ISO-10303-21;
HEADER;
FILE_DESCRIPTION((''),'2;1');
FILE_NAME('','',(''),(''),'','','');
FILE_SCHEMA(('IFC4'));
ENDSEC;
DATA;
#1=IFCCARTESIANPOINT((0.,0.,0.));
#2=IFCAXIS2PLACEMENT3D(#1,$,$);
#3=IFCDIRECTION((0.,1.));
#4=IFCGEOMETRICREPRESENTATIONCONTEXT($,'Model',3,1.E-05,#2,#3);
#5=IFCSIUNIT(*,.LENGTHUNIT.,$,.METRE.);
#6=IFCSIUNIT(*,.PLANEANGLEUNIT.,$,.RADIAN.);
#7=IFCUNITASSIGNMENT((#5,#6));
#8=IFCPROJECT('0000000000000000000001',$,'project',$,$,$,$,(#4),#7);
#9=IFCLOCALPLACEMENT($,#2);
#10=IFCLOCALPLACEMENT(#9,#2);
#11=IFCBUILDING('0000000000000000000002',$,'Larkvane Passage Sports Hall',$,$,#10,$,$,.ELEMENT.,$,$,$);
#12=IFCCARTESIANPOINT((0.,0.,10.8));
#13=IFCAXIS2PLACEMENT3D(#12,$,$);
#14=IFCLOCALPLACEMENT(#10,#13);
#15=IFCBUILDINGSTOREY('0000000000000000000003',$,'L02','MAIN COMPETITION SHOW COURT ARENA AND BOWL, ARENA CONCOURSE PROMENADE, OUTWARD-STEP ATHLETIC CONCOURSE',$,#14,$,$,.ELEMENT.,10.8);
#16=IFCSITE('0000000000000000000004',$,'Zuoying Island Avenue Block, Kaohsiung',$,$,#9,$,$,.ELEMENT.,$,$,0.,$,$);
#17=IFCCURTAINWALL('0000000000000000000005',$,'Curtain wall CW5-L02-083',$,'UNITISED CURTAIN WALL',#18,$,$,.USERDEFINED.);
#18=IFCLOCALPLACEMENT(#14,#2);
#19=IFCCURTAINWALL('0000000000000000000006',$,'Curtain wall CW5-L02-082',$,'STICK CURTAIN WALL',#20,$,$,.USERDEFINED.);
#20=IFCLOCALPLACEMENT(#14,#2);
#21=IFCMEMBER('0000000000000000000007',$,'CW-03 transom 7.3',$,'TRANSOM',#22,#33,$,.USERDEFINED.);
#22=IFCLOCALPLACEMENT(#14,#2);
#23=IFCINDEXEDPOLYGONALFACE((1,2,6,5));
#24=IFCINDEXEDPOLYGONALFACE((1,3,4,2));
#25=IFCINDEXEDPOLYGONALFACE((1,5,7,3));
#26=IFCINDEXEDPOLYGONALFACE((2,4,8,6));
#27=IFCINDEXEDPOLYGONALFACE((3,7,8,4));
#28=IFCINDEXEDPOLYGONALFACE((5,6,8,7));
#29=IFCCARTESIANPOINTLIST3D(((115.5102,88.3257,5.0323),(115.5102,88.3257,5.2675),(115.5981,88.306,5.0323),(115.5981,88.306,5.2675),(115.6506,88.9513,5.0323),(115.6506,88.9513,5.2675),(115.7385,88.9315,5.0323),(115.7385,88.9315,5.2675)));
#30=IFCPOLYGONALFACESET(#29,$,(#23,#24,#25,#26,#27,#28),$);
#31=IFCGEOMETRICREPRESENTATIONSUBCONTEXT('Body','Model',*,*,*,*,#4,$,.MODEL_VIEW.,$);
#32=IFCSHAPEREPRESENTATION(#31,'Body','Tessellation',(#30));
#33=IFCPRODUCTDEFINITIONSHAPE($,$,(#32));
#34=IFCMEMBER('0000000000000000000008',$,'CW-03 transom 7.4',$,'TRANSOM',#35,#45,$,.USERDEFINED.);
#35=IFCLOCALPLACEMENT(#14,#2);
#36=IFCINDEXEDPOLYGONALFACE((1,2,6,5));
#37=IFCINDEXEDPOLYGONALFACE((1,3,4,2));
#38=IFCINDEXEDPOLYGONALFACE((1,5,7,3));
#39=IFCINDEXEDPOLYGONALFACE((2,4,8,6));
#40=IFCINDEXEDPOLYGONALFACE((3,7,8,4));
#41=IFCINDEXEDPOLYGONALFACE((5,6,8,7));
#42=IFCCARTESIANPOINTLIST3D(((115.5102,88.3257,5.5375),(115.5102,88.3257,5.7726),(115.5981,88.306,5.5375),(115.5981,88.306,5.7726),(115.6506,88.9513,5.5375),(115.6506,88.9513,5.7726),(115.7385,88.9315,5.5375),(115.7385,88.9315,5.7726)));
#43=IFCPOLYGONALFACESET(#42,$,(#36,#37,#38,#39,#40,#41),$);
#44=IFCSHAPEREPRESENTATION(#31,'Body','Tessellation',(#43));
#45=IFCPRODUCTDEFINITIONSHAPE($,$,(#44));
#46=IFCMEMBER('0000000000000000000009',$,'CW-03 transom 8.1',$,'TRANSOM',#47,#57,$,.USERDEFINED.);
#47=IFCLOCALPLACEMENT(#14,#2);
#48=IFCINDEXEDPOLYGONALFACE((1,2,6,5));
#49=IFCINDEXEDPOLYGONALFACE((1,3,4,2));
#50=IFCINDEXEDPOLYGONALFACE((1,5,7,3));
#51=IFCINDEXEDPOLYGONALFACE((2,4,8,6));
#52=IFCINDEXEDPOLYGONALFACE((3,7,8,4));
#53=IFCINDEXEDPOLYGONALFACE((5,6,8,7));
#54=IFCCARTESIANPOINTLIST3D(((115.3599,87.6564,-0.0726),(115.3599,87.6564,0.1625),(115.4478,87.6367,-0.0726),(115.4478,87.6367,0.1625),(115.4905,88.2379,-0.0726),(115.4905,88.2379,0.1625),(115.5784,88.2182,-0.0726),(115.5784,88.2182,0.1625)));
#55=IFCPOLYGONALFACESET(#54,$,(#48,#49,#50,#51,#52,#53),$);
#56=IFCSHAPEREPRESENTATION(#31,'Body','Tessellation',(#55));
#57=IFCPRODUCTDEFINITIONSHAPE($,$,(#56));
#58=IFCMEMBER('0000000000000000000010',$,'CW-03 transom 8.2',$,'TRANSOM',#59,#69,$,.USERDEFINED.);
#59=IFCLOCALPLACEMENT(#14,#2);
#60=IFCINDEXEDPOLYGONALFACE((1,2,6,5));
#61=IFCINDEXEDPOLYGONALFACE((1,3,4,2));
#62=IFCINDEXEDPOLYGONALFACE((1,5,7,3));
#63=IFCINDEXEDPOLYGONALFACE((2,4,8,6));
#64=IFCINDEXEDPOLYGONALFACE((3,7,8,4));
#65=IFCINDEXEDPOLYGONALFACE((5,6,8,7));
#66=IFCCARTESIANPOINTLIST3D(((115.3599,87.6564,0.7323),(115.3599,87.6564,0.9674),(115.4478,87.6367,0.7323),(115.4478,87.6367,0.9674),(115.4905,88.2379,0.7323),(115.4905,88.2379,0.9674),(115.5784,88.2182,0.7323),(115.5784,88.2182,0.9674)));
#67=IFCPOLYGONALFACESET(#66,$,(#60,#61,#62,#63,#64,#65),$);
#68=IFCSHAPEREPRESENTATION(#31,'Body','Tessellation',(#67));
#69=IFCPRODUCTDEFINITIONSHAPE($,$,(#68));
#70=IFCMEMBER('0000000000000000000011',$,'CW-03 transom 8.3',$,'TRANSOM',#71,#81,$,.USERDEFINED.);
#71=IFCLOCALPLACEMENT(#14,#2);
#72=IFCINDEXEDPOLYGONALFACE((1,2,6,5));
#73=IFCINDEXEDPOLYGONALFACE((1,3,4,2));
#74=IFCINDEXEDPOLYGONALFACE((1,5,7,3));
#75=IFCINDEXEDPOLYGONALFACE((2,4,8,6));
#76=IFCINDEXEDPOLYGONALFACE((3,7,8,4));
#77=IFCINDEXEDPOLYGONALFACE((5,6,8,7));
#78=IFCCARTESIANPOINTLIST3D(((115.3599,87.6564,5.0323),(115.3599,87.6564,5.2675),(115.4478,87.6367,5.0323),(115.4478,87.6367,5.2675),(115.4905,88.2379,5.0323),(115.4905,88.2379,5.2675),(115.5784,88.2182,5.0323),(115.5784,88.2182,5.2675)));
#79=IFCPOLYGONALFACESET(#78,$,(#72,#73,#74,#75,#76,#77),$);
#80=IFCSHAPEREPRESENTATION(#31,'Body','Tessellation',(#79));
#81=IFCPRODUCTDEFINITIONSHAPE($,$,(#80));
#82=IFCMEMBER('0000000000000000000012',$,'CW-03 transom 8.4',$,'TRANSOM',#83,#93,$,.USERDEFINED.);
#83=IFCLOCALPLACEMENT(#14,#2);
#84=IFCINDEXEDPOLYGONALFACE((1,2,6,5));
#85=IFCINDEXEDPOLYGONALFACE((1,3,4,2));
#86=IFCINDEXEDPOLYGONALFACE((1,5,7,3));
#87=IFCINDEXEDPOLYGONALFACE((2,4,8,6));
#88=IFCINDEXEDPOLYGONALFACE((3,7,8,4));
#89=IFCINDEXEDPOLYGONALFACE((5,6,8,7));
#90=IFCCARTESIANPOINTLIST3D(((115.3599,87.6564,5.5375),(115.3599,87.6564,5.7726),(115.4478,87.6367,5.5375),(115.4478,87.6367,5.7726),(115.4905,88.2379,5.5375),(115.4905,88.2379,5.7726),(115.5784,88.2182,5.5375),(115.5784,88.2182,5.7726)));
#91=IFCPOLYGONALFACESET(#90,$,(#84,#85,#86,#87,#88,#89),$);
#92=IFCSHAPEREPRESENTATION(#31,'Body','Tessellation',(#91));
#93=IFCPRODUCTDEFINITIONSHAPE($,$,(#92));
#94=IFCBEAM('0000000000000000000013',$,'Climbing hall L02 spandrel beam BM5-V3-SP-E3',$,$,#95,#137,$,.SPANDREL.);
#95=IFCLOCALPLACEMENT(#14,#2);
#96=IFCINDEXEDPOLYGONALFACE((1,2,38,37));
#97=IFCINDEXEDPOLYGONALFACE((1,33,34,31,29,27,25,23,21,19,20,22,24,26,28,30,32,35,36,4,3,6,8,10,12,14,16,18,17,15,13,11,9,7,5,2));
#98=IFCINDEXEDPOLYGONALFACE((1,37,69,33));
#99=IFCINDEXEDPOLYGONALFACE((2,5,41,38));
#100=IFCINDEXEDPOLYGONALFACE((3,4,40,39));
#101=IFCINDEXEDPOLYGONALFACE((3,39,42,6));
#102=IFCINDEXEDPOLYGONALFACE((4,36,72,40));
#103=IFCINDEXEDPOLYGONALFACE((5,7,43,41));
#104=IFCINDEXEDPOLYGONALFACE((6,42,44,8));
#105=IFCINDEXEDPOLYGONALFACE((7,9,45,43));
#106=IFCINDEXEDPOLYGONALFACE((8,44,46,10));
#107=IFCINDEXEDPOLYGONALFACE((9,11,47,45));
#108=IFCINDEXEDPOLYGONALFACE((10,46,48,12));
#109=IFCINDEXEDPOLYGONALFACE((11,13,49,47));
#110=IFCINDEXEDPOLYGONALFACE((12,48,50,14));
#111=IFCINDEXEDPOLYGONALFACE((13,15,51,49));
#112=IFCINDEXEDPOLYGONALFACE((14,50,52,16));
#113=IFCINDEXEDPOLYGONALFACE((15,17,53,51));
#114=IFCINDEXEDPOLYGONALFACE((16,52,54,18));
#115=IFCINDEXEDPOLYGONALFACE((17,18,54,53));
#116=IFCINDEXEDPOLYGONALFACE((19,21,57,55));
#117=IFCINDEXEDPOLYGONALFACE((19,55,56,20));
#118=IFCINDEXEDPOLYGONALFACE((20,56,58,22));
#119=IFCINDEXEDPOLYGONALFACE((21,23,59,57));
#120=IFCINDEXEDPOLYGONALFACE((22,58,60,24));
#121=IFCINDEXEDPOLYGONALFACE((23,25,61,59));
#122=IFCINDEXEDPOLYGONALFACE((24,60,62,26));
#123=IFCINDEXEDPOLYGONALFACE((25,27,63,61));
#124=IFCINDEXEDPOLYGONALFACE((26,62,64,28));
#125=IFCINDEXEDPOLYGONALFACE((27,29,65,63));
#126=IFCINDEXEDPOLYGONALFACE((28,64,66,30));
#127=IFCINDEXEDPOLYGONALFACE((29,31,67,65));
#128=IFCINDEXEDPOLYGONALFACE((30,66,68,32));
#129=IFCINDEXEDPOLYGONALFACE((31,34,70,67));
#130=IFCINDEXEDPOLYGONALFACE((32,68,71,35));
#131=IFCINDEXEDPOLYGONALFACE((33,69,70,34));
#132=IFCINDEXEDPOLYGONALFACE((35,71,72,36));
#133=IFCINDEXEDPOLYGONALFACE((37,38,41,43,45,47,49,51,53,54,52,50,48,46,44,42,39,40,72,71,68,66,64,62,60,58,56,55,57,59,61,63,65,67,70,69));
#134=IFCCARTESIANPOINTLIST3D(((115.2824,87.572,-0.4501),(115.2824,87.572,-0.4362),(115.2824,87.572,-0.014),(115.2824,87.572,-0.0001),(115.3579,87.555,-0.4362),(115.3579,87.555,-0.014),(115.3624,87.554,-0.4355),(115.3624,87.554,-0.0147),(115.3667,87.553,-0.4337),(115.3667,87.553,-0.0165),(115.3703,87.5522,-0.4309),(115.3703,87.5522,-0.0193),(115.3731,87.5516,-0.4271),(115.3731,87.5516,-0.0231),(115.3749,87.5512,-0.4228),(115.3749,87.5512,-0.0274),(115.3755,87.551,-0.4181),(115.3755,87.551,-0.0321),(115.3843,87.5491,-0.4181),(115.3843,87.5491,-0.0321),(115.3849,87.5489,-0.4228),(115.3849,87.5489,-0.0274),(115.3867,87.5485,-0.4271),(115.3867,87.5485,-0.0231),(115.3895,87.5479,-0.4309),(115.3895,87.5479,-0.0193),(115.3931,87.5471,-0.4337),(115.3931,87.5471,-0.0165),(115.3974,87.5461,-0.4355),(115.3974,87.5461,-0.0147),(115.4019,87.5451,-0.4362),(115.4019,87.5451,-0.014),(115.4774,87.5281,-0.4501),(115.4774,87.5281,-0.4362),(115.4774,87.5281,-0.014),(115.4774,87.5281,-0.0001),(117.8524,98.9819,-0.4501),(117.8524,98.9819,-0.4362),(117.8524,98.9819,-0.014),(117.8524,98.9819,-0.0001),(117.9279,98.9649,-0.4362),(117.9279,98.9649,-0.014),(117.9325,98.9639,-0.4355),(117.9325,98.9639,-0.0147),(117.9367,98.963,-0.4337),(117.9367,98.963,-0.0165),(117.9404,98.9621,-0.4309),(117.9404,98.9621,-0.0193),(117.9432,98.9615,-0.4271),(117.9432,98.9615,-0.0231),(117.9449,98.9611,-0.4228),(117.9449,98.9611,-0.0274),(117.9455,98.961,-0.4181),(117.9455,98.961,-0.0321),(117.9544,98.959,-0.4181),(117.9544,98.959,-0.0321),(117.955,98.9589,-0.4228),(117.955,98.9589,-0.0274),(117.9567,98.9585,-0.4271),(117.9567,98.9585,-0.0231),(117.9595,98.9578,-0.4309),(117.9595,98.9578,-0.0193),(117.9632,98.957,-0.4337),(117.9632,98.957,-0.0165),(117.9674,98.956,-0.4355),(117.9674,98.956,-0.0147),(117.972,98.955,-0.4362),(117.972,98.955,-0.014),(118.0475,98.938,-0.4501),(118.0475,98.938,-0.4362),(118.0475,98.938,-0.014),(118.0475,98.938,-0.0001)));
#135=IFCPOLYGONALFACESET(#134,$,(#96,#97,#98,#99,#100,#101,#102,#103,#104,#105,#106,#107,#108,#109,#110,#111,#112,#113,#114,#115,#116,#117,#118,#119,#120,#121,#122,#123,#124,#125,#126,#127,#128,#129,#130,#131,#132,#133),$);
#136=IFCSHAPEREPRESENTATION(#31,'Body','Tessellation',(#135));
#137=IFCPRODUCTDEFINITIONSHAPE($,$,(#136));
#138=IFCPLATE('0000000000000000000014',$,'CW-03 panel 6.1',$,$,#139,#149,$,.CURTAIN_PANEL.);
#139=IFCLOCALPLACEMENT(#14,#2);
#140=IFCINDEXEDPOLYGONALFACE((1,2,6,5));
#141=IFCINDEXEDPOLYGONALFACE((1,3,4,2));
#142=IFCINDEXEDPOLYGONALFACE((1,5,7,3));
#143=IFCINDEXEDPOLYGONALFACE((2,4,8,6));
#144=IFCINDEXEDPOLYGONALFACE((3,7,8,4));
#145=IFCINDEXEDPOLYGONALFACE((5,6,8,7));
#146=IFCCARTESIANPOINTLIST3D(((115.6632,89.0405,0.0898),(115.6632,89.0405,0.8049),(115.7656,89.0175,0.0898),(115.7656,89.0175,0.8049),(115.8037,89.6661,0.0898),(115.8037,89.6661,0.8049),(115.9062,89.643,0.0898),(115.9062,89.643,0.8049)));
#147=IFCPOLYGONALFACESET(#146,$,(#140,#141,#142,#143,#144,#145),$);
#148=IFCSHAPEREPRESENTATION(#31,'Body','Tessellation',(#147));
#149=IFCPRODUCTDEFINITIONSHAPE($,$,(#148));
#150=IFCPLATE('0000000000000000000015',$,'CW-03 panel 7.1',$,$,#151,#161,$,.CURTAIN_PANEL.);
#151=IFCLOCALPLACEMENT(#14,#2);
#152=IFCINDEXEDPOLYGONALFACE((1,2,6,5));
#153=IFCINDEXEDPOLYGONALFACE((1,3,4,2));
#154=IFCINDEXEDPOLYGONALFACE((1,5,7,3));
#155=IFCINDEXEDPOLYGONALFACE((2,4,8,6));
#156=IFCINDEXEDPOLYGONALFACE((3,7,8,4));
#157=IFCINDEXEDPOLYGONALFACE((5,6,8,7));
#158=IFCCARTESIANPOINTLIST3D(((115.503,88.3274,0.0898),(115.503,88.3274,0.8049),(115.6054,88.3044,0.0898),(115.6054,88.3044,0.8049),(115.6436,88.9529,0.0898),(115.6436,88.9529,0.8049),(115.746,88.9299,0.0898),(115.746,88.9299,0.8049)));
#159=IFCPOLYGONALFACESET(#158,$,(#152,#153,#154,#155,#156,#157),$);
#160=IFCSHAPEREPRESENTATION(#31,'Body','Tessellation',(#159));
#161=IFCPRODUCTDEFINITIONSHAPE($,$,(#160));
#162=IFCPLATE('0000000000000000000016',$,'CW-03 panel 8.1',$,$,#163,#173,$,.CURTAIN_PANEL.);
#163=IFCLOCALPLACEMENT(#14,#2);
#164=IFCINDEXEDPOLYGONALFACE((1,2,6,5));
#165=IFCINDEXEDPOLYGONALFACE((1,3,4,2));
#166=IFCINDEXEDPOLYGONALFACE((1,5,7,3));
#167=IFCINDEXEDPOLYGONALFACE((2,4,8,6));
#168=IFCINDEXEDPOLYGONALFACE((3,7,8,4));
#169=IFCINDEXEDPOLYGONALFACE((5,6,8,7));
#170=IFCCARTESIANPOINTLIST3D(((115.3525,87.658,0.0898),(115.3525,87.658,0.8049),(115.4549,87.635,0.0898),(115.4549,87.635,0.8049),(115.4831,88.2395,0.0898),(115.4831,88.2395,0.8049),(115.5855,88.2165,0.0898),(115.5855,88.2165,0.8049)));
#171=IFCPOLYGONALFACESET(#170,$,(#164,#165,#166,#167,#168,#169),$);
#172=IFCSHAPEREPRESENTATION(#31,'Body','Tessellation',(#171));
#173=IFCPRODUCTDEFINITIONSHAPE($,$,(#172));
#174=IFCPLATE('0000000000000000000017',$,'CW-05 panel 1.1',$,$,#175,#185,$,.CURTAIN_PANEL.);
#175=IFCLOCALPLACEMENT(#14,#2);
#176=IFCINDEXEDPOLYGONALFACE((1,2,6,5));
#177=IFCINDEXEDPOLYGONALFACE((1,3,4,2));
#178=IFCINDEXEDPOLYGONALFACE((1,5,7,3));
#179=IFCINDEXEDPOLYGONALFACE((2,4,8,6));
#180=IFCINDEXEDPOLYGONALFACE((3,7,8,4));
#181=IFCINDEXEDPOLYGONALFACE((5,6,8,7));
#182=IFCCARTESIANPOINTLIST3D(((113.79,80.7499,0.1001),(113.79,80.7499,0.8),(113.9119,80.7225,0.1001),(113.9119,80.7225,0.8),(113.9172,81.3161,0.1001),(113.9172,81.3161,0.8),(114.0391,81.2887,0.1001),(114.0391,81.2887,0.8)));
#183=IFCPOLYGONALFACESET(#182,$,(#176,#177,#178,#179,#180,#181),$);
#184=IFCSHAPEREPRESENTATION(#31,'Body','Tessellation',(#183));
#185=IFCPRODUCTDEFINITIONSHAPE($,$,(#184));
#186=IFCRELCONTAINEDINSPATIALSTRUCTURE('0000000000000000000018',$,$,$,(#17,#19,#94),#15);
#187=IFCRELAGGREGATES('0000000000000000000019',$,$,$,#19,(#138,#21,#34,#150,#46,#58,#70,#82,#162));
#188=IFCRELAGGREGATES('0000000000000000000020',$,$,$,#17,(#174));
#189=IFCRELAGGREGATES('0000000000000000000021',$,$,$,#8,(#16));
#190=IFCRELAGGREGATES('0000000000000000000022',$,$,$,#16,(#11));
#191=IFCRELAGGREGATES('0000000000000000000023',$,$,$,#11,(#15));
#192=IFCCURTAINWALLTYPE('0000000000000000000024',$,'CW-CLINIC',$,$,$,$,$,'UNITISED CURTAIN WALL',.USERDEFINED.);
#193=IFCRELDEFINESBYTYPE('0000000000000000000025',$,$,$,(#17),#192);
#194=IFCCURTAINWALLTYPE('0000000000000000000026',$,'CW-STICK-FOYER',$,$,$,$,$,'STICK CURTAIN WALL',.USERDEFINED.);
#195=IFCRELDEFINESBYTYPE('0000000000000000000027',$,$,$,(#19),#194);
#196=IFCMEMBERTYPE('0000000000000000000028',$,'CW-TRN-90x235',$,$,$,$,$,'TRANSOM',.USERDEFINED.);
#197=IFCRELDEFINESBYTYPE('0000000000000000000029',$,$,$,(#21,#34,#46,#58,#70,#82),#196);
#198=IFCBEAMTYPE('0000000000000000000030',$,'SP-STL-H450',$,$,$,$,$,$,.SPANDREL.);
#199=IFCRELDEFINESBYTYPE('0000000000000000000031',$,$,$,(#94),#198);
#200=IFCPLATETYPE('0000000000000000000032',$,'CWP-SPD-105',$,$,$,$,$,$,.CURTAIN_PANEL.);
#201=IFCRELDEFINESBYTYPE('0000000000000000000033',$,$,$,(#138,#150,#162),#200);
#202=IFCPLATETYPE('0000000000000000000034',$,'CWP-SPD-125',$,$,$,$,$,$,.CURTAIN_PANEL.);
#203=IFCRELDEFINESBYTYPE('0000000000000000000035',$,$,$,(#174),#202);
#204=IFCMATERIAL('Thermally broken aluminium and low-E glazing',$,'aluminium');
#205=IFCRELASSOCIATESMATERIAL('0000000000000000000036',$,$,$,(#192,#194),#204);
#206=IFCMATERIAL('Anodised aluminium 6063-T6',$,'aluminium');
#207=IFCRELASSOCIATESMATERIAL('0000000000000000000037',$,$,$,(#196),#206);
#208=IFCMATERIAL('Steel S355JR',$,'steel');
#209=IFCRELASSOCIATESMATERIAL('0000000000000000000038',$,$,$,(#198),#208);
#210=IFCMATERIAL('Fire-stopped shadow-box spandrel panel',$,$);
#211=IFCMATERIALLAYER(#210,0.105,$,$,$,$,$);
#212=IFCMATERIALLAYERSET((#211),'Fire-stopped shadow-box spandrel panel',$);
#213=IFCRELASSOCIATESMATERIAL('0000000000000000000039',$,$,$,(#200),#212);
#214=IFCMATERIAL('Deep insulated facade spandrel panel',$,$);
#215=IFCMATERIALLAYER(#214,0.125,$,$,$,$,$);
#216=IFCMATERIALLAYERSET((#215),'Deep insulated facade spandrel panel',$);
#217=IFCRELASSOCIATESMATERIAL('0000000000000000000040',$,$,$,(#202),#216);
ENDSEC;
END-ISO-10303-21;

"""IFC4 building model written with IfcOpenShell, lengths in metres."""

from ifc_helpers import new_model, si_unit, direction, frame, origin, origin_2d, place, context, subcontext, project, spatial, rectangle, i_section, extrude, material, layer, layer_set, material_profile, profile_set, type_object, element, aggregate, save


model = new_model("IFC4")

# Units and contexts
model_context = context("Model", 3, precision=1e-05, world=origin(), true_north=direction((0.0, 1.0)))
body_context = subcontext(model_context, "Body", "Model", "MODEL_VIEW")
ifc_project = project(units=[si_unit("LENGTHUNIT", "METRE"), si_unit("PLANEANGLEUNIT", "RADIAN")], contexts=[model_context])

# Site, building, storey
site_placement = place(None, origin())
site = spatial("IfcSite", under=ifc_project, at=site_placement, Name="Zuoying Island Avenue Block, Kaohsiung", CompositionType="ELEMENT", RefElevation=0.0)
building_placement = place(site_placement, origin())
building = spatial("IfcBuilding", under=site, at=building_placement, Name="Larkvane Passage Sports Hall", CompositionType="ELEMENT")
storey_placement = place(building_placement, frame((0.0, 0.0, 10.8)))
storey = spatial("IfcBuildingStorey", under=building, at=storey_placement, Name="L02", Description="MAIN COMPETITION SHOW COURT ARENA AND BOWL, ARENA CONCOURSE PROMENADE, OUTWARD-STEP ATHLETIC CONCOURSE", CompositionType="ELEMENT", Elevation=10.8)

# Shared definitions
ifc_material_1 = material(Name="Steel S355JR", Category="steel")

# Curtain wall
ifc_material_2 = material(Name="Thermally broken aluminium and low-E glazing", Category="aluminium")
curtain_wall_type_1 = type_object("IfcCurtainWallType", Name="CW-CLINIC", ElementType="UNITISED CURTAIN WALL", PredefinedType="USERDEFINED", material=ifc_material_2)
curtain_wall_1_placement = place(storey_placement, origin())
curtain_wall_1 = element("IfcCurtainWall", 1, at=curtain_wall_1_placement, inside=storey, type_object=curtain_wall_type_1, Name="Curtain wall CW5-L02-083", ObjectType="UNITISED CURTAIN WALL", PredefinedType="USERDEFINED")
ifc_material_3 = material(Name="Anodised aluminium 6063-T6", Category="aluminium")

# Curtain wall
curtain_wall_type_2 = type_object("IfcCurtainWallType", Name="CW-STICK-FOYER", ElementType="STICK CURTAIN WALL", PredefinedType="USERDEFINED", material=ifc_material_2)
curtain_wall_2_placement = place(storey_placement, origin())
curtain_wall_2 = element("IfcCurtainWall", 2, at=curtain_wall_2_placement, inside=storey, type_object=curtain_wall_type_2, Name="Curtain wall CW5-L02-082", ObjectType="STICK CURTAIN WALL", PredefinedType="USERDEFINED")

# Members
ifc_material_profile_1 = material_profile(ifc_material_3, rectangle(XDim=0.0901, YDim=0.2351, at=origin_2d()), Name="ALU-TRN-90x235")
ifc_profile_set_1 = profile_set([ifc_material_profile_1], Name="Anodised aluminium 6063-T6")
member_type_1 = type_object("IfcMemberType", Name="CW-TRN-90x235", ElementType="TRANSOM", PredefinedType="USERDEFINED", material=ifc_profile_set_1)
member_1_placement = place(storey_placement, frame((115.6946, 88.9414, 5.1499), z_axis=(-0.218987, -0.975728, 0.0), x_axis=(0.975728, -0.218987, 0.0)))
member_1 = element("IfcMember", 3, at=member_1_placement, type_object=member_type_1, Name="CW-03 transom 7.3", ObjectType="TRANSOM", PredefinedType="USERDEFINED", context=body_context, shape_type="SweptSolid", body=[
    extrude(rectangle(XDim=0.0901, YDim=0.2351, at=origin_2d()), origin(), (0.0, 0.0, 1.0), 0.6411),
])
member_2_placement = place(storey_placement, frame((115.6946, 88.9414, 5.655), z_axis=(-0.218987, -0.975728, 0.0), x_axis=(0.975728, -0.218987, 0.0)))
member_2 = element("IfcMember", 4, at=member_2_placement, type_object=member_type_1, Name="CW-03 transom 7.4", ObjectType="TRANSOM", PredefinedType="USERDEFINED", context=body_context, shape_type="SweptSolid", body=[
    extrude(rectangle(XDim=0.0901, YDim=0.2351, at=origin_2d()), origin(), (0.0, 0.0, 1.0), 0.6411),
])
member_3_placement = place(storey_placement, frame((115.5344, 88.228, 0.0449), z_axis=(-0.219142, -0.975693, 0.0), x_axis=(0.975693, -0.219142, 0.0)))
member_3 = element("IfcMember", 5, at=member_3_placement, type_object=member_type_1, Name="CW-03 transom 8.1", ObjectType="TRANSOM", PredefinedType="USERDEFINED", context=body_context, shape_type="SweptSolid", body=[
    extrude(rectangle(XDim=0.0901, YDim=0.2351, at=origin_2d()), origin(), (0.0, 0.0, 1.0), 0.5959),
])
member_4_placement = place(storey_placement, frame((115.5344, 88.228, 0.8499), z_axis=(-0.219142, -0.975693, 0.0), x_axis=(0.975693, -0.219142, 0.0)))
member_4 = element("IfcMember", 6, at=member_4_placement, type_object=member_type_1, Name="CW-03 transom 8.2", ObjectType="TRANSOM", PredefinedType="USERDEFINED", context=body_context, shape_type="SweptSolid", body=[
    extrude(rectangle(XDim=0.0901, YDim=0.2351, at=origin_2d()), origin(), (0.0, 0.0, 1.0), 0.5959),
])
member_5_placement = place(storey_placement, frame((115.5344, 88.228, 5.1499), z_axis=(-0.219142, -0.975693, 0.0), x_axis=(0.975693, -0.219142, 0.0)))
member_5 = element("IfcMember", 7, at=member_5_placement, type_object=member_type_1, Name="CW-03 transom 8.3", ObjectType="TRANSOM", PredefinedType="USERDEFINED", context=body_context, shape_type="SweptSolid", body=[
    extrude(rectangle(XDim=0.0901, YDim=0.2351, at=origin_2d()), origin(), (0.0, 0.0, 1.0), 0.5959),
])
member_6_placement = place(storey_placement, frame((115.5344, 88.228, 5.655), z_axis=(-0.219142, -0.975693, 0.0), x_axis=(0.975693, -0.219142, 0.0)))
member_6 = element("IfcMember", 8, at=member_6_placement, type_object=member_type_1, Name="CW-03 transom 8.4", ObjectType="TRANSOM", PredefinedType="USERDEFINED", context=body_context, shape_type="SweptSolid", body=[
    extrude(rectangle(XDim=0.0901, YDim=0.2351, at=origin_2d()), origin(), (0.0, 0.0, 1.0), 0.5959),
])

# Beam
ifc_material_profile_2 = material_profile(ifc_material_1, i_section(OverallWidth=0.2, OverallDepth=0.45, WebThickness=0.009, FlangeThickness=0.0139, FilletRadius=0.0181, at=origin_2d()), Name="H-450x200x9x14")
ifc_profile_set_2 = profile_set([ifc_material_profile_2], Name="Steel S355JR")
beam_type = type_object("IfcBeamType", Name="SP-STL-H450", PredefinedType="SPANDREL", material=ifc_profile_set_2)
beam_placement = place(storey_placement, frame((115.3799, 87.55, -0.2251), z_axis=(0.219743, 0.975558, 0.0), x_axis=(-0.975558, 0.219743, 0.0)))
element("IfcBeam", 9, at=beam_placement, inside=storey, type_object=beam_type, Name="Climbing hall L02 spandrel beam BM5-V3-SP-E3", PredefinedType="SPANDREL", context=body_context, shape_type="SweptSolid", body=[
    extrude(i_section(OverallWidth=0.2, OverallDepth=0.45, WebThickness=0.009, FlangeThickness=0.0139, FilletRadius=0.0181, at=origin_2d()), origin(), (0.0, 0.0, 1.0), 11.6958),
])

# Plates
ifc_material_4 = material(Name="Fire-stopped shadow-box spandrel panel")
ifc_layer_1 = layer(ifc_material_4, 0.105)
ifc_layer_set_1 = layer_set([ifc_layer_1], Name="Fire-stopped shadow-box spandrel panel")
plate_type_1 = type_object("IfcPlateType", Name="CWP-SPD-105", PredefinedType="CURTAIN_PANEL", material=ifc_layer_set_1)
plate_1_placement = place(storey_placement, frame((115.7847, 89.3418, 0.0898), z_axis=(0.0, 0.0, 1.0), x_axis=(-0.219244, -0.97567, 0.0)))
plate_1 = element("IfcPlate", 10, at=plate_1_placement, type_object=plate_type_1, Name="CW-03 panel 6.1", PredefinedType="CURTAIN_PANEL", context=body_context, shape_type="SweptSolid", body=[
    extrude(rectangle(XDim=0.6411, YDim=0.105, at=origin_2d()), origin(), (0.0, 0.0, 1.0), 0.7151),
])
plate_2_placement = place(storey_placement, frame((115.6245, 88.6287, 0.0898), z_axis=(0.0, 0.0, 1.0), x_axis=(-0.219244, -0.97567, 0.0)))
plate_2 = element("IfcPlate", 11, at=plate_2_placement, type_object=plate_type_1, Name="CW-03 panel 7.1", PredefinedType="CURTAIN_PANEL", context=body_context, shape_type="SweptSolid", body=[
    extrude(rectangle(XDim=0.6411, YDim=0.105, at=origin_2d()), origin(), (0.0, 0.0, 1.0), 0.7151),
])
plate_3_placement = place(storey_placement, frame((115.469, 87.9373, 0.0898), z_axis=(0.0, 0.0, 1.0), x_axis=(-0.219244, -0.97567, 0.0)))
plate_3 = element("IfcPlate", 12, at=plate_3_placement, type_object=plate_type_1, Name="CW-03 panel 8.1", PredefinedType="CURTAIN_PANEL", context=body_context, shape_type="SweptSolid", body=[
    extrude(rectangle(XDim=0.5959, YDim=0.105, at=origin_2d()), origin(), (0.0, 0.0, 1.0), 0.7151),
])
ifc_material_5 = material(Name="Deep insulated facade spandrel panel")
ifc_layer_2 = layer(ifc_material_5, 0.125)
ifc_layer_set_2 = layer_set([ifc_layer_2], Name="Deep insulated facade spandrel panel")
plate_type_2 = type_object("IfcPlateType", Name="CWP-SPD-125", PredefinedType="CURTAIN_PANEL", material=ifc_layer_set_2)
plate_4_placement = place(storey_placement, frame((113.9146, 81.0193, 0.1001), z_axis=(0.0, 0.0, 1.0), x_axis=(-0.219244, -0.97567, 0.0)))
plate_4 = element("IfcPlate", 13, at=plate_4_placement, type_object=plate_type_2, Name="CW-05 panel 1.1", PredefinedType="CURTAIN_PANEL", context=body_context, shape_type="SweptSolid", body=[
    extrude(rectangle(XDim=0.5803, YDim=0.125, at=origin_2d()), origin(), (0.0, 0.0, 1.0), 0.7),
])
aggregate(curtain_wall_2, [plate_1, member_1, member_2, plate_2, member_3, member_4, member_5, member_6, plate_3])
aggregate(curtain_wall_1, [plate_4])

save(model, "model.ifc")
